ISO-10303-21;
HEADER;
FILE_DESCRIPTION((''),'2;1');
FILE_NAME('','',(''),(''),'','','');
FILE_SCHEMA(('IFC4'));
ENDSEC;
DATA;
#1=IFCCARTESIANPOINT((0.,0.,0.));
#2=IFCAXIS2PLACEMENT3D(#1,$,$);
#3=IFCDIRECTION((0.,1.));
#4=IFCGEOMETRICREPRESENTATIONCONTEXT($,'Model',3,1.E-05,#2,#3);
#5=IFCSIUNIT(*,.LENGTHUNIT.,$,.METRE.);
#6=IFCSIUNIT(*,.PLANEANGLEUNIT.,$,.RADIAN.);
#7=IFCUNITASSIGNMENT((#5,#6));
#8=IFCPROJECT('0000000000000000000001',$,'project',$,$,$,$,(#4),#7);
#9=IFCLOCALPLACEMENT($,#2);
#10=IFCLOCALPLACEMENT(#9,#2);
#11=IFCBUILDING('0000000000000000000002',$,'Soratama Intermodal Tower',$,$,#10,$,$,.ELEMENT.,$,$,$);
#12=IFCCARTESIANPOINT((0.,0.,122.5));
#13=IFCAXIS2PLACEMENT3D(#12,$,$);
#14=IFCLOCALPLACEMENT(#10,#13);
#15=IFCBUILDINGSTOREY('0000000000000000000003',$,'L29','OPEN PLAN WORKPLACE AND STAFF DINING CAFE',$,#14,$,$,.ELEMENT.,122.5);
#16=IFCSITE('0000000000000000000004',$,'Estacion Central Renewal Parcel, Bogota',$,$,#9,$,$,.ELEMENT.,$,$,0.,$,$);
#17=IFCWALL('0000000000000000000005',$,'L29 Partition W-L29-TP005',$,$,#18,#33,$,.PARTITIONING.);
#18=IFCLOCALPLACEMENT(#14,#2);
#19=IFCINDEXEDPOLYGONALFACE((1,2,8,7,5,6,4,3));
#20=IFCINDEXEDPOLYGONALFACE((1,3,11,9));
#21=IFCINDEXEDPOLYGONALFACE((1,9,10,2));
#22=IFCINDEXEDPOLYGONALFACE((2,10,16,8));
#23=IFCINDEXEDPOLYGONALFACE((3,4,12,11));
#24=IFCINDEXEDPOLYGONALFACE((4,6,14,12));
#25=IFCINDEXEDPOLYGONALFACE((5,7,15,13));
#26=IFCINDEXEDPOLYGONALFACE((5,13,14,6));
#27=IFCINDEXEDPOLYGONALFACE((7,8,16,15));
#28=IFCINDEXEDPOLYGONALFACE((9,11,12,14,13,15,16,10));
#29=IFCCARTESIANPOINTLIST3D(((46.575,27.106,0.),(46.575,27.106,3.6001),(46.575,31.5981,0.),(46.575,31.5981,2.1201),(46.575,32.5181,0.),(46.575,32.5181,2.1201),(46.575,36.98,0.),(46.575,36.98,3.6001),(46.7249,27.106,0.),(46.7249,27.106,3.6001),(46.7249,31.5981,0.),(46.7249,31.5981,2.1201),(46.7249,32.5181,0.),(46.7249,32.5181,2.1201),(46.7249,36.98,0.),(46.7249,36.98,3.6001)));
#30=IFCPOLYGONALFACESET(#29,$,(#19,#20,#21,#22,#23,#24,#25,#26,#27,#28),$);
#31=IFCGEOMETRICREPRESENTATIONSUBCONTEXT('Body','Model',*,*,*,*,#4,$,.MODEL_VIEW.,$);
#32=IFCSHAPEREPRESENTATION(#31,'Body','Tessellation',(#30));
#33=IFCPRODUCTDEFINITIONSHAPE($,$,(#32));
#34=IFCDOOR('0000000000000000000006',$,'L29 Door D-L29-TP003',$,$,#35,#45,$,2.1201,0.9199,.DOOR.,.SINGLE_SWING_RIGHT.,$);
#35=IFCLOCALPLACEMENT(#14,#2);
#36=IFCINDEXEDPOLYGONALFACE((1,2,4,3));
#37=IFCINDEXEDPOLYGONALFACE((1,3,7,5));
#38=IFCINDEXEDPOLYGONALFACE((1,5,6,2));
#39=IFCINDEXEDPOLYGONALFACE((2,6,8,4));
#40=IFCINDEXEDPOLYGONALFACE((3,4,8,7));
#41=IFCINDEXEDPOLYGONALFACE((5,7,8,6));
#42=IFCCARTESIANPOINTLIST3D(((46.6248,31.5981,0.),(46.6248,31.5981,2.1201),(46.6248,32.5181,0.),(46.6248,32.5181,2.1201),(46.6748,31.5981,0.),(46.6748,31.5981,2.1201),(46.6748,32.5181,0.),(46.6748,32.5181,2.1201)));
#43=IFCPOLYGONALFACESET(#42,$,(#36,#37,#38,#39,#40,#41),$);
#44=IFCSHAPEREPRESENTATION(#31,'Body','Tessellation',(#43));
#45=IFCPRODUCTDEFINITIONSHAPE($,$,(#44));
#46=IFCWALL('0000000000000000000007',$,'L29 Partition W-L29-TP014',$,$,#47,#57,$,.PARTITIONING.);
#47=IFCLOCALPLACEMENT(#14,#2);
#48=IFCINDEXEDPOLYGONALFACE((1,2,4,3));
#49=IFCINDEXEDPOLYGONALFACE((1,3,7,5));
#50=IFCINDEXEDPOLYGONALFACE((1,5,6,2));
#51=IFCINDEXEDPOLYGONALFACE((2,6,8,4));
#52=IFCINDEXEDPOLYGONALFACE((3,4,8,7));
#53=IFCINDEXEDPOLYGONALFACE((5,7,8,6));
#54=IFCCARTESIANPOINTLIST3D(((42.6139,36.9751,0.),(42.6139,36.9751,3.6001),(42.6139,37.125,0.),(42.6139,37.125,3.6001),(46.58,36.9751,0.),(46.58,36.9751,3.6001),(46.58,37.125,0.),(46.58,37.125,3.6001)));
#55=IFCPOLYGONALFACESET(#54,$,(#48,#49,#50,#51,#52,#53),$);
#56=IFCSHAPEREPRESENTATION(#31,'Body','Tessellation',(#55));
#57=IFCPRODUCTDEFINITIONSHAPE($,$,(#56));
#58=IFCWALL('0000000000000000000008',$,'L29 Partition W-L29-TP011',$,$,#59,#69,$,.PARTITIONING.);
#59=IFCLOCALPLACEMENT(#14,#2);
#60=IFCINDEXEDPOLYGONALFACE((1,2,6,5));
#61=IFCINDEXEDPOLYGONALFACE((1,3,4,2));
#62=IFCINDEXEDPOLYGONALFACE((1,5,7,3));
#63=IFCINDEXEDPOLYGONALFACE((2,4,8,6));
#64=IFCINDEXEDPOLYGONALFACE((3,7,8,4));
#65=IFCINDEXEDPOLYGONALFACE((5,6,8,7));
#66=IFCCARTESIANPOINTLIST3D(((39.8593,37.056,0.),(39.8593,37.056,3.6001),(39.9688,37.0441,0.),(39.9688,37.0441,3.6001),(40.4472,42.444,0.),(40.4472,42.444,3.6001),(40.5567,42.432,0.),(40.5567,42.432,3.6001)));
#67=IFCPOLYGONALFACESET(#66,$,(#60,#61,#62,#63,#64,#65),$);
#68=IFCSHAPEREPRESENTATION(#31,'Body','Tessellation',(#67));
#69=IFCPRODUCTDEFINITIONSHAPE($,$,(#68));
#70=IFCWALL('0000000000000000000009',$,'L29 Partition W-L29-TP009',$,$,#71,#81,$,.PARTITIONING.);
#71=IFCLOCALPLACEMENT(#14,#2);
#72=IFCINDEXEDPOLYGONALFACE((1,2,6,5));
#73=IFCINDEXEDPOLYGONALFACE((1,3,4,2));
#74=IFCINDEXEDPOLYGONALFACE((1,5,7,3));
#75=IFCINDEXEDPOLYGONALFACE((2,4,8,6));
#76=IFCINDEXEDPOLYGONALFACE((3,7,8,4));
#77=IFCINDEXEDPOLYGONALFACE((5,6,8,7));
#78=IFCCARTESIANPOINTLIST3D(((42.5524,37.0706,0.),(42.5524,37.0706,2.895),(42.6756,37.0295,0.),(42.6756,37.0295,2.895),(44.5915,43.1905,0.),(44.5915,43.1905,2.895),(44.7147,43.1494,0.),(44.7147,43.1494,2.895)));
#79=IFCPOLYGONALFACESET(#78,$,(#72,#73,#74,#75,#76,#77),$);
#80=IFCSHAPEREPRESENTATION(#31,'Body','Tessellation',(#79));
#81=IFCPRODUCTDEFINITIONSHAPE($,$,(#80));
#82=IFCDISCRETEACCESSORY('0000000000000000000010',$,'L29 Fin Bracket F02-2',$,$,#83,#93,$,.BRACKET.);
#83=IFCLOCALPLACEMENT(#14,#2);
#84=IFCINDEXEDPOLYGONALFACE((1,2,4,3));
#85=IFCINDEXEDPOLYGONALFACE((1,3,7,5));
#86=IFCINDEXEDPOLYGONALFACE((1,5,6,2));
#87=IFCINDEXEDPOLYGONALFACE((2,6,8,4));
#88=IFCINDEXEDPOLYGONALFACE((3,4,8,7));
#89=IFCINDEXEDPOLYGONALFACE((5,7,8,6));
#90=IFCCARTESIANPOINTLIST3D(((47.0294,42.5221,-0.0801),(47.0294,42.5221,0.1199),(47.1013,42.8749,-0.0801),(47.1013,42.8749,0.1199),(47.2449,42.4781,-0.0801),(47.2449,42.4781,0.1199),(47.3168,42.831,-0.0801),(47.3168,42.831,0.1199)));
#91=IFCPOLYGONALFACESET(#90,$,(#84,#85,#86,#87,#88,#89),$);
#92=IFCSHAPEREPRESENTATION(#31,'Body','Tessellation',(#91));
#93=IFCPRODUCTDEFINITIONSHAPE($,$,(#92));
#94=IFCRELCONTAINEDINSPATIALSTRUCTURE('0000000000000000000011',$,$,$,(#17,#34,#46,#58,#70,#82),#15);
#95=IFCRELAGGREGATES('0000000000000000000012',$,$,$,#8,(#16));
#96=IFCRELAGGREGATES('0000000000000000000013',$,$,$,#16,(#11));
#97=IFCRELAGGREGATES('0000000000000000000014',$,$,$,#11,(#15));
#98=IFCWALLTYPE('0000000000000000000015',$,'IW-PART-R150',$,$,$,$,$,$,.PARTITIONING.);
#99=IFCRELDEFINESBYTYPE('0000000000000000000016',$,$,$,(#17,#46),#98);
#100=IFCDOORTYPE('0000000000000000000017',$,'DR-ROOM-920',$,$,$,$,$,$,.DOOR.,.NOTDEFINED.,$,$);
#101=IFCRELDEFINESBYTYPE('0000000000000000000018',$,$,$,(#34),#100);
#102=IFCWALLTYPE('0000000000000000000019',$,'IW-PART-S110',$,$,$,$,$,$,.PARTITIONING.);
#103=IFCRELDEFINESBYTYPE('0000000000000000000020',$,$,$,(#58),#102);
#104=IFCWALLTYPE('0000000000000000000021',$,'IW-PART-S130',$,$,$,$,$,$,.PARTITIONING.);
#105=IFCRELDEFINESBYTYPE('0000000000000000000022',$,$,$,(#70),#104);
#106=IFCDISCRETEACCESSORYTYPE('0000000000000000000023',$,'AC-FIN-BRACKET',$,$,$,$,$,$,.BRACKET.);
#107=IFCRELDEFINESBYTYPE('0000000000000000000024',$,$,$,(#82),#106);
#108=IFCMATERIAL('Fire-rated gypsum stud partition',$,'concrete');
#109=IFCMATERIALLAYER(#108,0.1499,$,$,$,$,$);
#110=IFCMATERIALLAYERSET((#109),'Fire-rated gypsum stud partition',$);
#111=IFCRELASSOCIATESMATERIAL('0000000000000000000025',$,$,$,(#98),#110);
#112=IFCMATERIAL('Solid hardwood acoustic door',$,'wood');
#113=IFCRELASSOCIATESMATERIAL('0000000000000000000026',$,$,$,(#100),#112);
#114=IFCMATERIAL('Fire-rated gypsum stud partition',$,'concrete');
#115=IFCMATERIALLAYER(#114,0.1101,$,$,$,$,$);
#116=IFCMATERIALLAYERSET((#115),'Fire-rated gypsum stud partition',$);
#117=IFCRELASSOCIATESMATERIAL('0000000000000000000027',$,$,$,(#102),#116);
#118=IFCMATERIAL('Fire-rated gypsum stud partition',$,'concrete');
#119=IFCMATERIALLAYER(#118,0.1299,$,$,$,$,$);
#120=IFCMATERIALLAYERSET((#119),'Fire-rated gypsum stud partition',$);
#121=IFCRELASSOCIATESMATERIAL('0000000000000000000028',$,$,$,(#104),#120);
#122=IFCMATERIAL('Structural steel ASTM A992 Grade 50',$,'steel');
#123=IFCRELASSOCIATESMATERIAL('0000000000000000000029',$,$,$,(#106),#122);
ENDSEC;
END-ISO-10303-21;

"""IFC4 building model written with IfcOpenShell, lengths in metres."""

from ifc_helpers import new_model, si_unit, direction, frame, frame_2d, origin, origin_2d, place, context, subcontext, project, spatial, rectangle, extrude, material, layer, layer_set, type_object, element, fill, save


model = new_model("IFC4")

# Units and contexts
model_context = context("Model", 3, precision=1e-05, world=origin(), true_north=direction((0.0, 1.0)))
body_context = subcontext(model_context, "Body", "Model", "MODEL_VIEW")
ifc_project = project(units=[si_unit("LENGTHUNIT", "METRE"), si_unit("PLANEANGLEUNIT", "RADIAN")], contexts=[model_context])

# Site, building, storey
site_placement = place(None, origin())
site = spatial("IfcSite", under=ifc_project, at=site_placement, Name="Estacion Central Renewal Parcel, Bogota", CompositionType="ELEMENT", RefElevation=0.0)
building_placement = place(site_placement, origin())
building = spatial("IfcBuilding", under=site, at=building_placement, Name="Soratama Intermodal Tower", CompositionType="ELEMENT")
storey_placement = place(building_placement, frame((0.0, 0.0, 122.5)))
storey = spatial("IfcBuildingStorey", under=building, at=storey_placement, Name="L29", Description="OPEN PLAN WORKPLACE AND STAFF DINING CAFE", CompositionType="ELEMENT", Elevation=122.5)

# Wall, opening, door
ifc_material_1 = material(Name="Fire-rated gypsum stud partition", Category="concrete")
ifc_layer_1 = layer(ifc_material_1, 0.1499)
ifc_layer_set_1 = layer_set([ifc_layer_1], Name="Fire-rated gypsum stud partition")
wall_type_1 = type_object("IfcWallType", Name="IW-PART-R150", PredefinedType="PARTITIONING", material=ifc_layer_set_1)
wall_1_placement = place(storey_placement, frame((46.6499, 36.98, 0.0), z_axis=(0.0, 0.0, 1.0), x_axis=(0.0, -1.0, 0.0)))
wall_1 = element("IfcWall", 1, at=wall_1_placement, inside=storey, type_object=wall_type_1, Name="L29 Partition W-L29-TP005", PredefinedType="PARTITIONING", context=body_context, shape_type="SweptSolid", body=[
    extrude(rectangle(XDim=9.874, YDim=0.1499, at=frame_2d((4.937, 0.0))), origin(), (0.0, 0.0, 1.0), 3.6001),
])
opening_1_placement = place(wall_1_placement, frame((4.4619, 0.0, 0.0)))
opening_1 = element("IfcOpeningElement", 2, at=opening_1_placement, cuts=wall_1, PredefinedType="OPENING", context=body_context, shape_type="SweptSolid", body=[
    extrude(rectangle(XDim=0.9199, YDim=2.1201, at=frame_2d((0.46, 1.0601))), frame((0.0, 0.085, 0.0), z_axis=(0.0, -1.0, 0.0), x_axis=(1.0, 0.0, 0.0)), (0.0, 0.0, 1.0), 0.1699),
])
ifc_material_2 = material(Name="Solid hardwood acoustic door", Category="wood")
door_type = type_object("IfcDoorType", Name="DR-ROOM-920", OperationType="NOTDEFINED", PredefinedType="DOOR", material=ifc_material_2)
door_1_placement = place(opening_1_placement, origin())
door_1 = element("IfcDoor", 3, at=door_1_placement, inside=storey, type_object=door_type, Name="L29 Door D-L29-TP003", OperationType="SINGLE_SWING_RIGHT", OverallHeight=2.1201, OverallWidth=0.9199, PredefinedType="DOOR", context=body_context, shape_type="SweptSolid", body=[
    extrude(rectangle(XDim=0.9199, YDim=2.1201, at=frame_2d((0.46, 1.0601))), frame((0.0, 0.0249, 0.0), z_axis=(0.0, -1.0, 0.0), x_axis=(1.0, 0.0, 0.0)), (0.0, 0.0, 1.0), 0.05),
])
fill(opening_1, door_1)

# Wall
wall_2_placement = place(storey_placement, frame((42.614, 37.05, 0.0), z_axis=(0.0, 0.0, 1.0), x_axis=(1.0, 0.0, 0.0)))
element("IfcWall", 4, at=wall_2_placement, inside=storey, type_object=wall_type_1, Name="L29 Partition W-L29-TP014", PredefinedType="PARTITIONING", context=body_context, shape_type="SweptSolid", body=[
    extrude(rectangle(XDim=3.9661, YDim=0.1499, at=frame_2d((1.9829, 0.0))), origin(), (0.0, 0.0, 1.0), 3.6001),
])

# Walls
ifc_material_3 = material(Name="Fire-rated gypsum stud partition", Category="concrete")
ifc_layer_2 = layer(ifc_material_3, 0.1101)
ifc_layer_set_2 = layer_set([ifc_layer_2], Name="Fire-rated gypsum stud partition")
wall_type_2 = type_object("IfcWallType", Name="IW-PART-S110", PredefinedType="PARTITIONING", material=ifc_layer_set_2)
wall_3_placement = place(storey_placement, frame((39.9141, 37.05, 0.0), z_axis=(0.0, 0.0, 1.0), x_axis=(0.108469, 0.9941, 0.0)))
element("IfcWall", 5, at=wall_3_placement, inside=storey, type_object=wall_type_2, Name="L29 Partition W-L29-TP011", PredefinedType="PARTITIONING", context=body_context, shape_type="SweptSolid", body=[
    extrude(rectangle(XDim=5.4199, YDim=0.1101, at=frame_2d((2.71, 0.0))), origin(), (0.0, 0.0, 1.0), 3.6001),
])
ifc_material_4 = material(Name="Fire-rated gypsum stud partition", Category="concrete")
ifc_layer_3 = layer(ifc_material_4, 0.1299)
ifc_layer_set_3 = layer_set([ifc_layer_3], Name="Fire-rated gypsum stud partition")
wall_type_3 = type_object("IfcWallType", Name="IW-PART-S130", PredefinedType="PARTITIONING", material=ifc_layer_set_3)
wall_4_placement = place(storey_placement, frame((42.614, 37.05, 0.0), z_axis=(0.0, 0.0, 1.0), x_axis=(0.316103, 0.948725, 0.0)))
element("IfcWall", 6, at=wall_4_placement, inside=storey, type_object=wall_type_3, Name="L29 Partition W-L29-TP009", PredefinedType="PARTITIONING", context=body_context, shape_type="SweptSolid", body=[
    extrude(rectangle(XDim=6.4507, YDim=0.1299, at=frame_2d((3.2253, 0.0))), origin(), (0.0, 0.0, 1.0), 2.895),
])

# Discrete accessory
ifc_material_5 = material(Name="Structural steel ASTM A992 Grade 50", Category="steel")
discrete_accessory_type = type_object("IfcDiscreteAccessoryType", Name="AC-FIN-BRACKET", PredefinedType="BRACKET", material=ifc_material_5)
discrete_accessory_placement = place(storey_placement, frame((47.1731, 42.6765, -0.0801), z_axis=(0.0, 0.0, 1.0), x_axis=(0.19971, 0.979855, 0.0)))
element("IfcDiscreteAccessory", 7, at=discrete_accessory_placement, inside=storey, type_object=discrete_accessory_type, Name="L29 Fin Bracket F02-2", PredefinedType="BRACKET", context=body_context, shape_type="SweptSolid", body=[
    extrude(rectangle(XDim=0.3601, YDim=0.22, at=origin_2d()), origin(), (0.0, 0.0, 1.0), 0.2),
])

save(model, "model.ifc")
